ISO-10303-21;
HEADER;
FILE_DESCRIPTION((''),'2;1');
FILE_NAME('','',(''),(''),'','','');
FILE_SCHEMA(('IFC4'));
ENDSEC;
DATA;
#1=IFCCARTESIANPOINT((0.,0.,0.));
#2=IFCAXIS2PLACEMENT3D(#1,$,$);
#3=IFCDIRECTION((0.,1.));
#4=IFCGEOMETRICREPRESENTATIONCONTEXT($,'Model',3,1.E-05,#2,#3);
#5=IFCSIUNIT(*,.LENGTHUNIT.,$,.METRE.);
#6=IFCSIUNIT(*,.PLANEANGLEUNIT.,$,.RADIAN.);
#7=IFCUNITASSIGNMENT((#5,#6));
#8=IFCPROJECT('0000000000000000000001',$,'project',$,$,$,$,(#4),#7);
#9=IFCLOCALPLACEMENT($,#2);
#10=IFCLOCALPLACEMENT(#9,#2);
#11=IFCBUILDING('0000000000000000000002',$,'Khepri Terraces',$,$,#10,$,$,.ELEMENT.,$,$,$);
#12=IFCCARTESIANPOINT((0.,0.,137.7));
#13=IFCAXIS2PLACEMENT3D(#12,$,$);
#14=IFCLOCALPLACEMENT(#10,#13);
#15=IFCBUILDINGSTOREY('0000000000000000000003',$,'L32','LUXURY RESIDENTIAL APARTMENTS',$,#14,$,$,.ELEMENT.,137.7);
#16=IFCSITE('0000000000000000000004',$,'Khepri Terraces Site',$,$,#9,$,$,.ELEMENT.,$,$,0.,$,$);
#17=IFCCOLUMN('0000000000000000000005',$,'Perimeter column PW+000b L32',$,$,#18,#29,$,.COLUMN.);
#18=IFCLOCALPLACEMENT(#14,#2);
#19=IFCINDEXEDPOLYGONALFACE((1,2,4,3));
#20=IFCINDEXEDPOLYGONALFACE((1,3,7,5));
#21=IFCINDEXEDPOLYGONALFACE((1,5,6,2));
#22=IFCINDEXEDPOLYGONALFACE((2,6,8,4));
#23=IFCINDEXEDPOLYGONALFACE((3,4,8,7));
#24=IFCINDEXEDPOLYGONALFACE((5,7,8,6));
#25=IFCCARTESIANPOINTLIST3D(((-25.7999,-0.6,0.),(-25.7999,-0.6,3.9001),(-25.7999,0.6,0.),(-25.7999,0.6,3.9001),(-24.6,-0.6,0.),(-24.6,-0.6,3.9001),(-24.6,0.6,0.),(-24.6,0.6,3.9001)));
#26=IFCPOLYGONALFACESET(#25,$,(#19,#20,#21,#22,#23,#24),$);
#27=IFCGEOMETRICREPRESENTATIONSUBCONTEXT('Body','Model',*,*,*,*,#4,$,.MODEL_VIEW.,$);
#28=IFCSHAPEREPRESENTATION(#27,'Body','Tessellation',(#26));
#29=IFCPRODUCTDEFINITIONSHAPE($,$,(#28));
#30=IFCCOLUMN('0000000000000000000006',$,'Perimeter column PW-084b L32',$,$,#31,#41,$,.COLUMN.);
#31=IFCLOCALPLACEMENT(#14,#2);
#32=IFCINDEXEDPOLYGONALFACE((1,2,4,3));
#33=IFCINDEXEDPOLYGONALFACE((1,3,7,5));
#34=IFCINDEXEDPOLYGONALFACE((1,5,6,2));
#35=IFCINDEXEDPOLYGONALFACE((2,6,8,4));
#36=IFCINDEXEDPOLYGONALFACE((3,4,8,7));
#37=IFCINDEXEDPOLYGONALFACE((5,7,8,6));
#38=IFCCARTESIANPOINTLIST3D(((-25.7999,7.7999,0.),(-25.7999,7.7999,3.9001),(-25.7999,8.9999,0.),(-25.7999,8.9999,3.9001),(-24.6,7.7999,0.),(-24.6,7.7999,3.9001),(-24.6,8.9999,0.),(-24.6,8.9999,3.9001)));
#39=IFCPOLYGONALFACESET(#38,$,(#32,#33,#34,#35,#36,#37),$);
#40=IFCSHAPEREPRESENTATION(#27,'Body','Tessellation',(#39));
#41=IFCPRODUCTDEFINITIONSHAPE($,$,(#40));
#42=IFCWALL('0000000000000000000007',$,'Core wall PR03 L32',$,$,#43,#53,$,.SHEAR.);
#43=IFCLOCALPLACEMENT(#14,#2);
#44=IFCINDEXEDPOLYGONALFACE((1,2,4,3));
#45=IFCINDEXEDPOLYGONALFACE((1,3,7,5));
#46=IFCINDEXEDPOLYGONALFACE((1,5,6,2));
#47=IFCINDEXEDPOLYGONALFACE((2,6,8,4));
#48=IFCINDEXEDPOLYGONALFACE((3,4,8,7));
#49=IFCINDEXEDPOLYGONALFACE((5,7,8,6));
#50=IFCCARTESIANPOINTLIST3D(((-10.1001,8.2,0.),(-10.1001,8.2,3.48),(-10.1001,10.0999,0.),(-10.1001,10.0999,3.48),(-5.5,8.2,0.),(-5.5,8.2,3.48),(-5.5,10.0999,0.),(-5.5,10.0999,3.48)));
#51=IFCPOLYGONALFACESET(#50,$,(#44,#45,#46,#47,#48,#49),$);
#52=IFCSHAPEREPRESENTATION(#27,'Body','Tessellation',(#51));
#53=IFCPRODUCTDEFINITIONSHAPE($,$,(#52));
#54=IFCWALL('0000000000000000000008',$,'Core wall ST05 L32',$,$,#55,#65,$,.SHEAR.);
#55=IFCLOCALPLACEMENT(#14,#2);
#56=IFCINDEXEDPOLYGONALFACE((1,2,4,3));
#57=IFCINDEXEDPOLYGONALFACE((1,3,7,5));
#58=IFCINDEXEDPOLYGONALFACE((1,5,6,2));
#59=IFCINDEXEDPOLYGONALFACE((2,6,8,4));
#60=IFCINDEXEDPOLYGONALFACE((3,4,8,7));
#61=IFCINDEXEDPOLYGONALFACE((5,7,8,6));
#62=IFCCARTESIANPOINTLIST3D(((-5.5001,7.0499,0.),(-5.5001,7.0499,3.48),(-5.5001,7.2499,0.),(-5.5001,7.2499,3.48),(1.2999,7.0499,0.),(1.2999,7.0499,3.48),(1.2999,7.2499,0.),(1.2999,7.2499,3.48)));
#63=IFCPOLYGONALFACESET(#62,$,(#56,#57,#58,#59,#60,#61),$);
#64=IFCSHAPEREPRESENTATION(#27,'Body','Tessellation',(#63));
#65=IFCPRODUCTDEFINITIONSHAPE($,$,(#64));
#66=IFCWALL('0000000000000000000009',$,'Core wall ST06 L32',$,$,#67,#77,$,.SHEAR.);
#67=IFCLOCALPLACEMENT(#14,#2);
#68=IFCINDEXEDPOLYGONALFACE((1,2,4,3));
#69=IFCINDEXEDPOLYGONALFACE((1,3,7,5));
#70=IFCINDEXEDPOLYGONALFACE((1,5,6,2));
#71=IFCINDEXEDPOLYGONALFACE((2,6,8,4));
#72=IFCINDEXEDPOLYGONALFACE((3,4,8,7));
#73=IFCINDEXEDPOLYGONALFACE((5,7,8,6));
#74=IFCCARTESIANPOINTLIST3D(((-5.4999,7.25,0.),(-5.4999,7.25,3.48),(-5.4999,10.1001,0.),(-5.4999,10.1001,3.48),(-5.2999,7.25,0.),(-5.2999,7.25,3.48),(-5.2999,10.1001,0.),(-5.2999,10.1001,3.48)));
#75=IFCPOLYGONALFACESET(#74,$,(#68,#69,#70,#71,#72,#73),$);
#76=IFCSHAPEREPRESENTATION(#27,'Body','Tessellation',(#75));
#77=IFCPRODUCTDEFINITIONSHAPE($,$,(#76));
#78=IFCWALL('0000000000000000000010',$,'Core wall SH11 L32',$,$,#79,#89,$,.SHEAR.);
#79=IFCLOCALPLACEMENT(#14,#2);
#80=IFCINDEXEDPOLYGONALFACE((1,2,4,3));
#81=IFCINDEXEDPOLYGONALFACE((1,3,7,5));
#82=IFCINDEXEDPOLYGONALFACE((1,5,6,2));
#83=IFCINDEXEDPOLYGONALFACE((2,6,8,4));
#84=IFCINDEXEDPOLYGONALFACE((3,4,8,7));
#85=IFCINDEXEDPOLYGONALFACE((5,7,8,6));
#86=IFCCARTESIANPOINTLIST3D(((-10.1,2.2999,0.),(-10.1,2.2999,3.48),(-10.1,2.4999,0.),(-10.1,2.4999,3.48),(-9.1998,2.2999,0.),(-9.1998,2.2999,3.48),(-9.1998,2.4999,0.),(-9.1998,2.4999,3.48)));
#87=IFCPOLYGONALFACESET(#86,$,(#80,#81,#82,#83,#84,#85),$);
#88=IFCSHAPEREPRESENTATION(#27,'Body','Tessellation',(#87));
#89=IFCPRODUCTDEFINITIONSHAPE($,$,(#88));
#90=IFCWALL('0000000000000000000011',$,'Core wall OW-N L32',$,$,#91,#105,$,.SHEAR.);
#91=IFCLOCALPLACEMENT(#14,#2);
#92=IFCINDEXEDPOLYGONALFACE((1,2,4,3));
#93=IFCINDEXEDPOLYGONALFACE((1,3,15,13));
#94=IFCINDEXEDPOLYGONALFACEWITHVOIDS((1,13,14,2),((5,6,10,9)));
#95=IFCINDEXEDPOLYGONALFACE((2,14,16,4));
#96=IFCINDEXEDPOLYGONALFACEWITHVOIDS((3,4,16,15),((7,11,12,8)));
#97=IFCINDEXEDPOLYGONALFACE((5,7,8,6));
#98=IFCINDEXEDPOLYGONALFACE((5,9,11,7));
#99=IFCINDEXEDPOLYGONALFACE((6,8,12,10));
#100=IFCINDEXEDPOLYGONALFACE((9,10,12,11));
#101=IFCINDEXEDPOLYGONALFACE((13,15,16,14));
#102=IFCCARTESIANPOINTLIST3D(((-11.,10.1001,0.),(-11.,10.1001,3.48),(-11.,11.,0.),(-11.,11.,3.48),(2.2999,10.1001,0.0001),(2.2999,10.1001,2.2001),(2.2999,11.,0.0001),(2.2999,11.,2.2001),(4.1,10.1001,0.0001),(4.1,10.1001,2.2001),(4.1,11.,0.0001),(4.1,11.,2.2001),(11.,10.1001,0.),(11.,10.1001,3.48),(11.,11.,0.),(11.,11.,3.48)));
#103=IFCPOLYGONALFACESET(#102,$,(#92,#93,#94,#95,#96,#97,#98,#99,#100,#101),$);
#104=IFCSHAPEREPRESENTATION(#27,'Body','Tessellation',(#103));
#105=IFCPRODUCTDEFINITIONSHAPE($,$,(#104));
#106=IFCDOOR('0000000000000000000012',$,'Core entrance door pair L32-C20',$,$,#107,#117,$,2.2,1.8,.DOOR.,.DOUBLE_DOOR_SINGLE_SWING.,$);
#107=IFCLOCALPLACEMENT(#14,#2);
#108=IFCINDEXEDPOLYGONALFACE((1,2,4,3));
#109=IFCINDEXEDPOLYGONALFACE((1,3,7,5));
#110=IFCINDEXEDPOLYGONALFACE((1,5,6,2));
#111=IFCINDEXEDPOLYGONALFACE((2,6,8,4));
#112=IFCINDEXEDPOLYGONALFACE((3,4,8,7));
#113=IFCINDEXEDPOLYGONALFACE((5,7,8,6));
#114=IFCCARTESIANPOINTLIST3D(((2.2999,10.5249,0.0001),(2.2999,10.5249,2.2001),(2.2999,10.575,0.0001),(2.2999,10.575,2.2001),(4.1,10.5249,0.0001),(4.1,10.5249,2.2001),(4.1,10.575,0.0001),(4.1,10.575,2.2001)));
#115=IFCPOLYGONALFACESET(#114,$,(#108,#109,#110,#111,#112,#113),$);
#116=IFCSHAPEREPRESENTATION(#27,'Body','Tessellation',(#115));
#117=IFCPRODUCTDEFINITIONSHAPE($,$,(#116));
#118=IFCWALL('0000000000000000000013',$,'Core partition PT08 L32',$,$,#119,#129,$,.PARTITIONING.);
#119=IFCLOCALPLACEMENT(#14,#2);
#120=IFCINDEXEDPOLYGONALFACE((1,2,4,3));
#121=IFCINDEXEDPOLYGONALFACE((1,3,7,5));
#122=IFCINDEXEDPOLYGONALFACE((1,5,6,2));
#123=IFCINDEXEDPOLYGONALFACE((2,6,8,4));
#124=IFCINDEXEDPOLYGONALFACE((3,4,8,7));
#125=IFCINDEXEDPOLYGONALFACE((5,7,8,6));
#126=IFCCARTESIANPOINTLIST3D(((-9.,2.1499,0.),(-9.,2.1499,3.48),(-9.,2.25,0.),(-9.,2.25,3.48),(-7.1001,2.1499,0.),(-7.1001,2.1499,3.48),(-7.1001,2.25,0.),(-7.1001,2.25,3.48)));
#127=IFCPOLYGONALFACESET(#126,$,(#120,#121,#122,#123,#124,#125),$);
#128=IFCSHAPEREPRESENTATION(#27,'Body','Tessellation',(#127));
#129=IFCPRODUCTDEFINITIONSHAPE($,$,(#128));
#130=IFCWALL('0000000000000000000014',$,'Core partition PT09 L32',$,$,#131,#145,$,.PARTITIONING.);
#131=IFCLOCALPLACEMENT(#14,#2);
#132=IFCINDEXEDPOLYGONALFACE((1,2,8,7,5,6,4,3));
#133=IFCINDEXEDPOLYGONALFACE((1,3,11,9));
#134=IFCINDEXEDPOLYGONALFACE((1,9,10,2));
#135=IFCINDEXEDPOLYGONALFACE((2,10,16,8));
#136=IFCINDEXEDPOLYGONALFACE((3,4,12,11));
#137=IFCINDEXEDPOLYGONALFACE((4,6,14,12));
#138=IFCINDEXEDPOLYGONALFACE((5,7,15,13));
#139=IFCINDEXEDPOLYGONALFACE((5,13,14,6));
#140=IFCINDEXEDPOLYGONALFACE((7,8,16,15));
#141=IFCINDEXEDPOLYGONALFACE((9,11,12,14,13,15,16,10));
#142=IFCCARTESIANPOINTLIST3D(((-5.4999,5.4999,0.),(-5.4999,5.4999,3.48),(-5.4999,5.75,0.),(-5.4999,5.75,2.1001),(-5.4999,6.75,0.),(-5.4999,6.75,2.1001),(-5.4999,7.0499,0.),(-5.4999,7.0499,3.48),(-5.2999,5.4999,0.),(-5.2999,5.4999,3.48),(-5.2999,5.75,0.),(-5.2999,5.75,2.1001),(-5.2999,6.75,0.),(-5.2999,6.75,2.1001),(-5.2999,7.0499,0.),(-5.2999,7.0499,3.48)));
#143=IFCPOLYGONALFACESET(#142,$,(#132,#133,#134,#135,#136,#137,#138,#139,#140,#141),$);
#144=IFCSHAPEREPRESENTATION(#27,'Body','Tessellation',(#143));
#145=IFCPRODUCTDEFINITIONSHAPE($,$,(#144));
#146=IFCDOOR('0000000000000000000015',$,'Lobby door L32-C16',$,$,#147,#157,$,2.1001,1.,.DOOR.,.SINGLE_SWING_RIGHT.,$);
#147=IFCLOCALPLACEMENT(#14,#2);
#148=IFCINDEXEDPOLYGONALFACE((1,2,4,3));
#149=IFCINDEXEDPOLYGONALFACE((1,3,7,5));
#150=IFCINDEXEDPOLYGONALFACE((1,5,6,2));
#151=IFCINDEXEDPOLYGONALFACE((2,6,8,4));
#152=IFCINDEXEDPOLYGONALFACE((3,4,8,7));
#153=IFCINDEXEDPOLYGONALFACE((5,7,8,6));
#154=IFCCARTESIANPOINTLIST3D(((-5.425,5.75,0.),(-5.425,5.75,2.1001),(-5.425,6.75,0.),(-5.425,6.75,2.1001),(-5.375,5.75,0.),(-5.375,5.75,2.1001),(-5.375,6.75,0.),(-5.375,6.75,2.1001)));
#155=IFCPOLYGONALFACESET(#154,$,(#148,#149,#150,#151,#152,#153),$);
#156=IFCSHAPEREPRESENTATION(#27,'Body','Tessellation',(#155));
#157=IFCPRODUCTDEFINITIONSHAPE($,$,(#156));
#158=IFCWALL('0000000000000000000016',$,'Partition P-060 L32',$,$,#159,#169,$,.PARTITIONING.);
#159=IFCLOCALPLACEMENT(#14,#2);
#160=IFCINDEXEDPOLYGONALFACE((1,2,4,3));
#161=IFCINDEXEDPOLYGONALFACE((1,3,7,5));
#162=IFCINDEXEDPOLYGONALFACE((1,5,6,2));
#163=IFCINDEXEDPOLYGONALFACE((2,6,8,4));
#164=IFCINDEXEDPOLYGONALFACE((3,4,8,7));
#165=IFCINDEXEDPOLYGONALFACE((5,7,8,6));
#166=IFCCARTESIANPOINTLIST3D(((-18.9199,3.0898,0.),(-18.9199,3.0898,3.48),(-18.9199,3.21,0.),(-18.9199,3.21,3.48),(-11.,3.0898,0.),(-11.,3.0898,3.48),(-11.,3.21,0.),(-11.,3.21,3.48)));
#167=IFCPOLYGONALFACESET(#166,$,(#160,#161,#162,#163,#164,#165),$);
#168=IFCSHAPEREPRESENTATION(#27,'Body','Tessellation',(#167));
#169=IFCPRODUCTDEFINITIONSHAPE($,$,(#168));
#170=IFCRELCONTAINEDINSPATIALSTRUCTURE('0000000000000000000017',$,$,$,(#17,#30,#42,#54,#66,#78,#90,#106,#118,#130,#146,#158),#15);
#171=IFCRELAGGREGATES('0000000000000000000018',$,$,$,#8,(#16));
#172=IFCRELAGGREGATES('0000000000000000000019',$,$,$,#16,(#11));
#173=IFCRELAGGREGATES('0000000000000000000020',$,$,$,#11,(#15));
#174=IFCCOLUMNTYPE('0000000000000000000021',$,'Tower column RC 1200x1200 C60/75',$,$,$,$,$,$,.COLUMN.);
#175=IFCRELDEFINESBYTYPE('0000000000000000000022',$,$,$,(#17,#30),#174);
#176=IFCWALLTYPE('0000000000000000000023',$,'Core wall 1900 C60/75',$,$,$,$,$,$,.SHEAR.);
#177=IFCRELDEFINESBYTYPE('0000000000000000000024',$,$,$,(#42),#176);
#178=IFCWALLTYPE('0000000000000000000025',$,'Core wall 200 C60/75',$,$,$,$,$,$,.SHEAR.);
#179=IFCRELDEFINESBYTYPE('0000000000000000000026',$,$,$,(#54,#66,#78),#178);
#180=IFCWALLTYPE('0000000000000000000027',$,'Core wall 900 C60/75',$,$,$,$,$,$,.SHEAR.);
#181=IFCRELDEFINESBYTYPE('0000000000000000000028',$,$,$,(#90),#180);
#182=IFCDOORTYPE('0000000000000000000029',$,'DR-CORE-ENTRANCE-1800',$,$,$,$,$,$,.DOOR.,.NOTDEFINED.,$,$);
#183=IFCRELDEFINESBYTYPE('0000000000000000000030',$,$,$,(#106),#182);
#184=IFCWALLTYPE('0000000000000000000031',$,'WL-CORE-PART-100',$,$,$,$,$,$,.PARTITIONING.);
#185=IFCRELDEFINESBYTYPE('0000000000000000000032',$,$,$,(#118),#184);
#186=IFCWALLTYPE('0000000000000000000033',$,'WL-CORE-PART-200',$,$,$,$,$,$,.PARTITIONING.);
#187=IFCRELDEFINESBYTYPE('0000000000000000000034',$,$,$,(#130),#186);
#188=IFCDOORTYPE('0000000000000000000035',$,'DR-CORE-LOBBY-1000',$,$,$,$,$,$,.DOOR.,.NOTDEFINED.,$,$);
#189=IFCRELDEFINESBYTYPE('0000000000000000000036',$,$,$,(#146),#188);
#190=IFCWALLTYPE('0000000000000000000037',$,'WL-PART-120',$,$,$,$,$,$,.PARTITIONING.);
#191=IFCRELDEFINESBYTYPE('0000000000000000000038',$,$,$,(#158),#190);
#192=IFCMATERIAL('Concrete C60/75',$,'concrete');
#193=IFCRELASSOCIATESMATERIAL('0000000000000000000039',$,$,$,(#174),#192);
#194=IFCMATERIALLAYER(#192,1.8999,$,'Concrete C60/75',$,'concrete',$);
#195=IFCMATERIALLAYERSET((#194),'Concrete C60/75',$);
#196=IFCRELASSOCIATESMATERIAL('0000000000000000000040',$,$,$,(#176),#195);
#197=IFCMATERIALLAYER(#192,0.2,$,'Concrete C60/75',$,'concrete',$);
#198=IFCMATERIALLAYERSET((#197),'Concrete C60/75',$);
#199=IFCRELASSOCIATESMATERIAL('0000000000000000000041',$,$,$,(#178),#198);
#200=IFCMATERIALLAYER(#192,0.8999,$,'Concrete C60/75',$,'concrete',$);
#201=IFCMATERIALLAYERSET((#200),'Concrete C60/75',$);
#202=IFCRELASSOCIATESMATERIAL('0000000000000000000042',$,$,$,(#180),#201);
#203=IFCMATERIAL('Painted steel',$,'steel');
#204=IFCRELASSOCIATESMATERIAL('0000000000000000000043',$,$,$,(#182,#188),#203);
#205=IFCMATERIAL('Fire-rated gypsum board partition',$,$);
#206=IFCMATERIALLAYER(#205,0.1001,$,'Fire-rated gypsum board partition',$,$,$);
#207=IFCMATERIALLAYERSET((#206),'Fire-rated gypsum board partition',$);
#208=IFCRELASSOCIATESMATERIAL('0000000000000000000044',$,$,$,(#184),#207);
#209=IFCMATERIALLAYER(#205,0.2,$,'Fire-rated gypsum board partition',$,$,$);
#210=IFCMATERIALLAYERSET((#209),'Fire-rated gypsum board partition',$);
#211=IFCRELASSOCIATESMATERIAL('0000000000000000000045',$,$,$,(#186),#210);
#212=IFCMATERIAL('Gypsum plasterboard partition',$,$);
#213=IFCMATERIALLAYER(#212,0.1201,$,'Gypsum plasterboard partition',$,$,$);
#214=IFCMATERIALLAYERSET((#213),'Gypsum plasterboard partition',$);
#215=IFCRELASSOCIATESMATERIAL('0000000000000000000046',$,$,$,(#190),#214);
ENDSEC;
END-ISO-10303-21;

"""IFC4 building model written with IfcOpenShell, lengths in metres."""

from ifc_helpers import new_model, si_unit, direction, frame, frame_2d, origin, origin_2d, place, context, subcontext, project, spatial, rectangle, extrude, material, layer, layer_set, material_profile, profile_set, type_object, element, fill, save


model = new_model("IFC4")

# Units and contexts
model_context = context("Model", 3, precision=1e-05, world=origin(), true_north=direction((0.0, 1.0)))
body_context = subcontext(model_context, "Body", "Model", "MODEL_VIEW")
ifc_project = project(units=[si_unit("LENGTHUNIT", "METRE"), si_unit("PLANEANGLEUNIT", "RADIAN")], contexts=[model_context])

# Site, building, storey
site_placement = place(None, origin())
site = spatial("IfcSite", under=ifc_project, at=site_placement, Name="Khepri Terraces Site", CompositionType="ELEMENT", RefElevation=0.0)
building_placement = place(site_placement, origin())
building = spatial("IfcBuilding", under=site, at=building_placement, Name="Khepri Terraces", CompositionType="ELEMENT")
storey_placement = place(building_placement, frame((0.0, 0.0, 137.7)))
storey = spatial("IfcBuildingStorey", under=building, at=storey_placement, Name="L32", Description="LUXURY RESIDENTIAL APARTMENTS", CompositionType="ELEMENT", Elevation=137.7)

# Columns
ifc_material_1 = material(Name="Concrete C60/75", Category="concrete")
ifc_material_profile = material_profile(ifc_material_1, rectangle(XDim=1.2, YDim=1.2, at=origin_2d()), Name="Concrete C60/75", Category="concrete")
ifc_profile_set = profile_set([ifc_material_profile], Name="Concrete C60/75")
column_type = type_object("IfcColumnType", Name="Tower column RC 1200x1200 C60/75", PredefinedType="COLUMN", material=ifc_profile_set)
for number, where, z_axis, x_axis, name in (
    (1, (-25.2, 0.0, 0.0), (0.0, 0.0, 1.0), (1.0, 0.0, 0.0), "Perimeter column PW+000b L32"),
    (2, (-25.2, 8.3999, 0.0), (0.0, 0.0, 1.0), (1.0, 0.0, 0.0), "Perimeter column PW-084b L32"),
):
    element("IfcColumn", number, at=place(storey_placement, frame(where, z_axis=z_axis, x_axis=x_axis)), inside=storey, type_object=column_type, Name=name, PredefinedType="COLUMN", context=body_context, shape_type="SweptSolid", body=[
        extrude(rectangle(XDim=1.2, YDim=1.2, at=origin_2d()), origin(), (0.0, 0.0, 1.0), 3.9001),
    ])

# Walls
ifc_layer_1 = layer(ifc_material_1, 1.8999, Name="Concrete C60/75", Category="concrete")
ifc_layer_set_1 = layer_set([ifc_layer_1], Name="Concrete C60/75")
wall_type_1 = type_object("IfcWallType", Name="Core wall 1900 C60/75", PredefinedType="SHEAR", material=ifc_layer_set_1)
wall_1_placement = place(storey_placement, frame((-10.1001, 9.1499, 0.0), z_axis=(0.0, 0.0, 1.0), x_axis=(1.0, 0.0, 0.0)))
element("IfcWall", 3, at=wall_1_placement, inside=storey, type_object=wall_type_1, Name="Core wall PR03 L32", PredefinedType="SHEAR", context=body_context, shape_type="SweptSolid", body=[
    extrude(rectangle(XDim=4.6001, YDim=1.8999, at=frame_2d((2.3, 0.0))), origin(), (0.0, 0.0, 1.0), 3.48),
])
ifc_layer_2 = layer(ifc_material_1, 0.2, Name="Concrete C60/75", Category="concrete")
ifc_layer_set_2 = layer_set([ifc_layer_2], Name="Concrete C60/75")
wall_type_2 = type_object("IfcWallType", Name="Core wall 200 C60/75", PredefinedType="SHEAR", material=ifc_layer_set_2)
wall_2_placement = place(storey_placement, frame((-5.5, 7.1499, 0.0), z_axis=(0.0, 0.0, 1.0), x_axis=(1.0, 0.0, 0.0)))
element("IfcWall", 4, at=wall_2_placement, inside=storey, type_object=wall_type_2, Name="Core wall ST05 L32", PredefinedType="SHEAR", context=body_context, shape_type="SweptSolid", body=[
    extrude(rectangle(XDim=6.8, YDim=0.2, at=frame_2d((3.3999, 0.0))), origin(), (0.0, 0.0, 1.0), 3.48),
])
wall_3_placement = place(storey_placement, frame((-5.3999, 7.25, 0.0), z_axis=(0.0, 0.0, 1.0), x_axis=(0.0, 1.0, 0.0)))
element("IfcWall", 5, at=wall_3_placement, inside=storey, type_object=wall_type_2, Name="Core wall ST06 L32", PredefinedType="SHEAR", context=body_context, shape_type="SweptSolid", body=[
    extrude(rectangle(XDim=2.8501, YDim=0.2, at=frame_2d((1.425, 0.0))), origin(), (0.0, 0.0, 1.0), 3.48),
])
wall_4_placement = place(storey_placement, frame((-10.1001, 2.3999, 0.0), z_axis=(0.0, 0.0, 1.0), x_axis=(1.0, 0.0, 0.0)))
element("IfcWall", 6, at=wall_4_placement, inside=storey, type_object=wall_type_2, Name="Core wall SH11 L32", PredefinedType="SHEAR", context=body_context, shape_type="SweptSolid", body=[
    extrude(rectangle(XDim=0.9001, YDim=0.2, at=frame_2d((0.4502, 0.0))), origin(), (0.0, 0.0, 1.0), 3.48),
])

# Wall, opening, door
ifc_layer_3 = layer(ifc_material_1, 0.8999, Name="Concrete C60/75", Category="concrete")
ifc_layer_set_3 = layer_set([ifc_layer_3], Name="Concrete C60/75")
wall_type_3 = type_object("IfcWallType", Name="Core wall 900 C60/75", PredefinedType="SHEAR", material=ifc_layer_set_3)
wall_5_placement = place(storey_placement, frame((-11.0, 10.55, 0.0), z_axis=(0.0, 0.0, 1.0), x_axis=(1.0, 0.0, 0.0)))
wall_5 = element("IfcWall", 7, at=wall_5_placement, inside=storey, type_object=wall_type_3, Name="Core wall OW-N L32", PredefinedType="SHEAR", context=body_context, shape_type="SweptSolid", body=[
    extrude(rectangle(XDim=22.0, YDim=0.8999, at=frame_2d((11.0, 0.0))), origin(), (0.0, 0.0, 1.0), 3.48),
])
opening_1_placement = place(wall_5_placement, frame((13.3, 0.0, 0.0)))
opening_1 = element("IfcOpeningElement", 8, at=opening_1_placement, cuts=wall_5, PredefinedType="OPENING", context=body_context, shape_type="SweptSolid", body=[
    extrude(rectangle(XDim=1.8, YDim=2.2, at=frame_2d((0.8999, 1.1001))), frame((0.0, 0.46, 0.0), z_axis=(0.0, -1.0, 0.0), x_axis=(1.0, 0.0, 0.0)), (0.0, 0.0, 1.0), 0.9199),
])
ifc_material_2 = material(Name="Painted steel", Category="steel")
door_type_1 = type_object("IfcDoorType", Name="DR-CORE-ENTRANCE-1800", OperationType="NOTDEFINED", PredefinedType="DOOR", material=ifc_material_2)
door_1_placement = place(opening_1_placement, origin())
door_1 = element("IfcDoor", 9, at=door_1_placement, inside=storey, type_object=door_type_1, Name="Core entrance door pair L32-C20", OperationType="DOUBLE_DOOR_SINGLE_SWING", OverallHeight=2.2, OverallWidth=1.8, PredefinedType="DOOR", context=body_context, shape_type="SweptSolid", body=[
    extrude(rectangle(XDim=1.8, YDim=2.2, at=frame_2d((0.8999, 1.1001))), frame((0.0, 0.0249, 0.0), z_axis=(0.0, -1.0, 0.0), x_axis=(1.0, 0.0, 0.0)), (0.0, 0.0, 1.0), 0.05),
])
fill(opening_1, door_1)

# Wall
ifc_material_3 = material(Name="Fire-rated gypsum board partition")
ifc_layer_4 = layer(ifc_material_3, 0.1001, Name="Fire-rated gypsum board partition")
ifc_layer_set_4 = layer_set([ifc_layer_4], Name="Fire-rated gypsum board partition")
wall_type_4 = type_object("IfcWallType", Name="WL-CORE-PART-100", PredefinedType="PARTITIONING", material=ifc_layer_set_4)
wall_6_placement = place(storey_placement, frame((-9.0, 2.2, 0.0), z_axis=(0.0, 0.0, 1.0), x_axis=(1.0, 0.0, 0.0)))
element("IfcWall", 10, at=wall_6_placement, inside=storey, type_object=wall_type_4, Name="Core partition PT08 L32", PredefinedType="PARTITIONING", context=body_context, shape_type="SweptSolid", body=[
    extrude(rectangle(XDim=1.8999, YDim=0.1001, at=frame_2d((0.95, 0.0))), origin(), (0.0, 0.0, 1.0), 3.48),
])

# Wall, opening, door
ifc_layer_5 = layer(ifc_material_3, 0.2, Name="Fire-rated gypsum board partition")
ifc_layer_set_5 = layer_set([ifc_layer_5], Name="Fire-rated gypsum board partition")
wall_type_5 = type_object("IfcWallType", Name="WL-CORE-PART-200", PredefinedType="PARTITIONING", material=ifc_layer_set_5)
wall_7_placement = place(storey_placement, frame((-5.3999, 5.5, 0.0), z_axis=(0.0, 0.0, 1.0), x_axis=(0.0, 1.0, 0.0)))
wall_7 = element("IfcWall", 11, at=wall_7_placement, inside=storey, type_object=wall_type_5, Name="Core partition PT09 L32", PredefinedType="PARTITIONING", context=body_context, shape_type="SweptSolid", body=[
    extrude(rectangle(XDim=1.55, YDim=0.2, at=frame_2d((0.7749, 0.0))), origin(), (0.0, 0.0, 1.0), 3.48),
])
opening_2_placement = place(wall_7_placement, frame((0.25, 0.0, 0.0)))
opening_2 = element("IfcOpeningElement", 12, at=opening_2_placement, cuts=wall_7, PredefinedType="OPENING", context=body_context, shape_type="SweptSolid", body=[
    extrude(rectangle(XDim=1.0, YDim=2.1001, at=frame_2d((0.5, 1.05))), frame((0.0, 0.1099, 0.0), z_axis=(0.0, -1.0, 0.0), x_axis=(1.0, 0.0, 0.0)), (0.0, 0.0, 1.0), 0.22),
])
door_type_2 = type_object("IfcDoorType", Name="DR-CORE-LOBBY-1000", OperationType="NOTDEFINED", PredefinedType="DOOR", material=ifc_material_2)
door_2_placement = place(opening_2_placement, frame((1.0, 0.0, 0.0), z_axis=(0.0, 0.0, 1.0), x_axis=(-1.0, 0.0, 0.0)))
door_2 = element("IfcDoor", 13, at=door_2_placement, inside=storey, type_object=door_type_2, Name="Lobby door L32-C16", OperationType="SINGLE_SWING_RIGHT", OverallHeight=2.1001, OverallWidth=1.0, PredefinedType="DOOR", context=body_context, shape_type="SweptSolid", body=[
    extrude(rectangle(XDim=1.0, YDim=2.1001, at=frame_2d((0.5, 1.05))), frame((0.0, 0.0249, 0.0), z_axis=(0.0, -1.0, 0.0), x_axis=(1.0, 0.0, 0.0)), (0.0, 0.0, 1.0), 0.05),
])
fill(opening_2, door_2)

# Wall
ifc_material_4 = material(Name="Gypsum plasterboard partition")
ifc_layer_6 = layer(ifc_material_4, 0.1201, Name="Gypsum plasterboard partition")
ifc_layer_set_6 = layer_set([ifc_layer_6], Name="Gypsum plasterboard partition")
wall_type_6 = type_object("IfcWallType", Name="WL-PART-120", PredefinedType="PARTITIONING", material=ifc_layer_set_6)
wall_8_placement = place(storey_placement, frame((-18.9199, 3.1499, 0.0), z_axis=(0.0, 0.0, 1.0), x_axis=(1.0, 0.0, 0.0)))
element("IfcWall", 14, at=wall_8_placement, inside=storey, type_object=wall_type_6, Name="Partition P-060 L32", PredefinedType="PARTITIONING", context=body_context, shape_type="SweptSolid", body=[
    extrude(rectangle(XDim=7.9199, YDim=0.1201, at=frame_2d((3.96, 0.0))), origin(), (0.0, 0.0, 1.0), 3.48),
])

save(model, "model.ifc")
